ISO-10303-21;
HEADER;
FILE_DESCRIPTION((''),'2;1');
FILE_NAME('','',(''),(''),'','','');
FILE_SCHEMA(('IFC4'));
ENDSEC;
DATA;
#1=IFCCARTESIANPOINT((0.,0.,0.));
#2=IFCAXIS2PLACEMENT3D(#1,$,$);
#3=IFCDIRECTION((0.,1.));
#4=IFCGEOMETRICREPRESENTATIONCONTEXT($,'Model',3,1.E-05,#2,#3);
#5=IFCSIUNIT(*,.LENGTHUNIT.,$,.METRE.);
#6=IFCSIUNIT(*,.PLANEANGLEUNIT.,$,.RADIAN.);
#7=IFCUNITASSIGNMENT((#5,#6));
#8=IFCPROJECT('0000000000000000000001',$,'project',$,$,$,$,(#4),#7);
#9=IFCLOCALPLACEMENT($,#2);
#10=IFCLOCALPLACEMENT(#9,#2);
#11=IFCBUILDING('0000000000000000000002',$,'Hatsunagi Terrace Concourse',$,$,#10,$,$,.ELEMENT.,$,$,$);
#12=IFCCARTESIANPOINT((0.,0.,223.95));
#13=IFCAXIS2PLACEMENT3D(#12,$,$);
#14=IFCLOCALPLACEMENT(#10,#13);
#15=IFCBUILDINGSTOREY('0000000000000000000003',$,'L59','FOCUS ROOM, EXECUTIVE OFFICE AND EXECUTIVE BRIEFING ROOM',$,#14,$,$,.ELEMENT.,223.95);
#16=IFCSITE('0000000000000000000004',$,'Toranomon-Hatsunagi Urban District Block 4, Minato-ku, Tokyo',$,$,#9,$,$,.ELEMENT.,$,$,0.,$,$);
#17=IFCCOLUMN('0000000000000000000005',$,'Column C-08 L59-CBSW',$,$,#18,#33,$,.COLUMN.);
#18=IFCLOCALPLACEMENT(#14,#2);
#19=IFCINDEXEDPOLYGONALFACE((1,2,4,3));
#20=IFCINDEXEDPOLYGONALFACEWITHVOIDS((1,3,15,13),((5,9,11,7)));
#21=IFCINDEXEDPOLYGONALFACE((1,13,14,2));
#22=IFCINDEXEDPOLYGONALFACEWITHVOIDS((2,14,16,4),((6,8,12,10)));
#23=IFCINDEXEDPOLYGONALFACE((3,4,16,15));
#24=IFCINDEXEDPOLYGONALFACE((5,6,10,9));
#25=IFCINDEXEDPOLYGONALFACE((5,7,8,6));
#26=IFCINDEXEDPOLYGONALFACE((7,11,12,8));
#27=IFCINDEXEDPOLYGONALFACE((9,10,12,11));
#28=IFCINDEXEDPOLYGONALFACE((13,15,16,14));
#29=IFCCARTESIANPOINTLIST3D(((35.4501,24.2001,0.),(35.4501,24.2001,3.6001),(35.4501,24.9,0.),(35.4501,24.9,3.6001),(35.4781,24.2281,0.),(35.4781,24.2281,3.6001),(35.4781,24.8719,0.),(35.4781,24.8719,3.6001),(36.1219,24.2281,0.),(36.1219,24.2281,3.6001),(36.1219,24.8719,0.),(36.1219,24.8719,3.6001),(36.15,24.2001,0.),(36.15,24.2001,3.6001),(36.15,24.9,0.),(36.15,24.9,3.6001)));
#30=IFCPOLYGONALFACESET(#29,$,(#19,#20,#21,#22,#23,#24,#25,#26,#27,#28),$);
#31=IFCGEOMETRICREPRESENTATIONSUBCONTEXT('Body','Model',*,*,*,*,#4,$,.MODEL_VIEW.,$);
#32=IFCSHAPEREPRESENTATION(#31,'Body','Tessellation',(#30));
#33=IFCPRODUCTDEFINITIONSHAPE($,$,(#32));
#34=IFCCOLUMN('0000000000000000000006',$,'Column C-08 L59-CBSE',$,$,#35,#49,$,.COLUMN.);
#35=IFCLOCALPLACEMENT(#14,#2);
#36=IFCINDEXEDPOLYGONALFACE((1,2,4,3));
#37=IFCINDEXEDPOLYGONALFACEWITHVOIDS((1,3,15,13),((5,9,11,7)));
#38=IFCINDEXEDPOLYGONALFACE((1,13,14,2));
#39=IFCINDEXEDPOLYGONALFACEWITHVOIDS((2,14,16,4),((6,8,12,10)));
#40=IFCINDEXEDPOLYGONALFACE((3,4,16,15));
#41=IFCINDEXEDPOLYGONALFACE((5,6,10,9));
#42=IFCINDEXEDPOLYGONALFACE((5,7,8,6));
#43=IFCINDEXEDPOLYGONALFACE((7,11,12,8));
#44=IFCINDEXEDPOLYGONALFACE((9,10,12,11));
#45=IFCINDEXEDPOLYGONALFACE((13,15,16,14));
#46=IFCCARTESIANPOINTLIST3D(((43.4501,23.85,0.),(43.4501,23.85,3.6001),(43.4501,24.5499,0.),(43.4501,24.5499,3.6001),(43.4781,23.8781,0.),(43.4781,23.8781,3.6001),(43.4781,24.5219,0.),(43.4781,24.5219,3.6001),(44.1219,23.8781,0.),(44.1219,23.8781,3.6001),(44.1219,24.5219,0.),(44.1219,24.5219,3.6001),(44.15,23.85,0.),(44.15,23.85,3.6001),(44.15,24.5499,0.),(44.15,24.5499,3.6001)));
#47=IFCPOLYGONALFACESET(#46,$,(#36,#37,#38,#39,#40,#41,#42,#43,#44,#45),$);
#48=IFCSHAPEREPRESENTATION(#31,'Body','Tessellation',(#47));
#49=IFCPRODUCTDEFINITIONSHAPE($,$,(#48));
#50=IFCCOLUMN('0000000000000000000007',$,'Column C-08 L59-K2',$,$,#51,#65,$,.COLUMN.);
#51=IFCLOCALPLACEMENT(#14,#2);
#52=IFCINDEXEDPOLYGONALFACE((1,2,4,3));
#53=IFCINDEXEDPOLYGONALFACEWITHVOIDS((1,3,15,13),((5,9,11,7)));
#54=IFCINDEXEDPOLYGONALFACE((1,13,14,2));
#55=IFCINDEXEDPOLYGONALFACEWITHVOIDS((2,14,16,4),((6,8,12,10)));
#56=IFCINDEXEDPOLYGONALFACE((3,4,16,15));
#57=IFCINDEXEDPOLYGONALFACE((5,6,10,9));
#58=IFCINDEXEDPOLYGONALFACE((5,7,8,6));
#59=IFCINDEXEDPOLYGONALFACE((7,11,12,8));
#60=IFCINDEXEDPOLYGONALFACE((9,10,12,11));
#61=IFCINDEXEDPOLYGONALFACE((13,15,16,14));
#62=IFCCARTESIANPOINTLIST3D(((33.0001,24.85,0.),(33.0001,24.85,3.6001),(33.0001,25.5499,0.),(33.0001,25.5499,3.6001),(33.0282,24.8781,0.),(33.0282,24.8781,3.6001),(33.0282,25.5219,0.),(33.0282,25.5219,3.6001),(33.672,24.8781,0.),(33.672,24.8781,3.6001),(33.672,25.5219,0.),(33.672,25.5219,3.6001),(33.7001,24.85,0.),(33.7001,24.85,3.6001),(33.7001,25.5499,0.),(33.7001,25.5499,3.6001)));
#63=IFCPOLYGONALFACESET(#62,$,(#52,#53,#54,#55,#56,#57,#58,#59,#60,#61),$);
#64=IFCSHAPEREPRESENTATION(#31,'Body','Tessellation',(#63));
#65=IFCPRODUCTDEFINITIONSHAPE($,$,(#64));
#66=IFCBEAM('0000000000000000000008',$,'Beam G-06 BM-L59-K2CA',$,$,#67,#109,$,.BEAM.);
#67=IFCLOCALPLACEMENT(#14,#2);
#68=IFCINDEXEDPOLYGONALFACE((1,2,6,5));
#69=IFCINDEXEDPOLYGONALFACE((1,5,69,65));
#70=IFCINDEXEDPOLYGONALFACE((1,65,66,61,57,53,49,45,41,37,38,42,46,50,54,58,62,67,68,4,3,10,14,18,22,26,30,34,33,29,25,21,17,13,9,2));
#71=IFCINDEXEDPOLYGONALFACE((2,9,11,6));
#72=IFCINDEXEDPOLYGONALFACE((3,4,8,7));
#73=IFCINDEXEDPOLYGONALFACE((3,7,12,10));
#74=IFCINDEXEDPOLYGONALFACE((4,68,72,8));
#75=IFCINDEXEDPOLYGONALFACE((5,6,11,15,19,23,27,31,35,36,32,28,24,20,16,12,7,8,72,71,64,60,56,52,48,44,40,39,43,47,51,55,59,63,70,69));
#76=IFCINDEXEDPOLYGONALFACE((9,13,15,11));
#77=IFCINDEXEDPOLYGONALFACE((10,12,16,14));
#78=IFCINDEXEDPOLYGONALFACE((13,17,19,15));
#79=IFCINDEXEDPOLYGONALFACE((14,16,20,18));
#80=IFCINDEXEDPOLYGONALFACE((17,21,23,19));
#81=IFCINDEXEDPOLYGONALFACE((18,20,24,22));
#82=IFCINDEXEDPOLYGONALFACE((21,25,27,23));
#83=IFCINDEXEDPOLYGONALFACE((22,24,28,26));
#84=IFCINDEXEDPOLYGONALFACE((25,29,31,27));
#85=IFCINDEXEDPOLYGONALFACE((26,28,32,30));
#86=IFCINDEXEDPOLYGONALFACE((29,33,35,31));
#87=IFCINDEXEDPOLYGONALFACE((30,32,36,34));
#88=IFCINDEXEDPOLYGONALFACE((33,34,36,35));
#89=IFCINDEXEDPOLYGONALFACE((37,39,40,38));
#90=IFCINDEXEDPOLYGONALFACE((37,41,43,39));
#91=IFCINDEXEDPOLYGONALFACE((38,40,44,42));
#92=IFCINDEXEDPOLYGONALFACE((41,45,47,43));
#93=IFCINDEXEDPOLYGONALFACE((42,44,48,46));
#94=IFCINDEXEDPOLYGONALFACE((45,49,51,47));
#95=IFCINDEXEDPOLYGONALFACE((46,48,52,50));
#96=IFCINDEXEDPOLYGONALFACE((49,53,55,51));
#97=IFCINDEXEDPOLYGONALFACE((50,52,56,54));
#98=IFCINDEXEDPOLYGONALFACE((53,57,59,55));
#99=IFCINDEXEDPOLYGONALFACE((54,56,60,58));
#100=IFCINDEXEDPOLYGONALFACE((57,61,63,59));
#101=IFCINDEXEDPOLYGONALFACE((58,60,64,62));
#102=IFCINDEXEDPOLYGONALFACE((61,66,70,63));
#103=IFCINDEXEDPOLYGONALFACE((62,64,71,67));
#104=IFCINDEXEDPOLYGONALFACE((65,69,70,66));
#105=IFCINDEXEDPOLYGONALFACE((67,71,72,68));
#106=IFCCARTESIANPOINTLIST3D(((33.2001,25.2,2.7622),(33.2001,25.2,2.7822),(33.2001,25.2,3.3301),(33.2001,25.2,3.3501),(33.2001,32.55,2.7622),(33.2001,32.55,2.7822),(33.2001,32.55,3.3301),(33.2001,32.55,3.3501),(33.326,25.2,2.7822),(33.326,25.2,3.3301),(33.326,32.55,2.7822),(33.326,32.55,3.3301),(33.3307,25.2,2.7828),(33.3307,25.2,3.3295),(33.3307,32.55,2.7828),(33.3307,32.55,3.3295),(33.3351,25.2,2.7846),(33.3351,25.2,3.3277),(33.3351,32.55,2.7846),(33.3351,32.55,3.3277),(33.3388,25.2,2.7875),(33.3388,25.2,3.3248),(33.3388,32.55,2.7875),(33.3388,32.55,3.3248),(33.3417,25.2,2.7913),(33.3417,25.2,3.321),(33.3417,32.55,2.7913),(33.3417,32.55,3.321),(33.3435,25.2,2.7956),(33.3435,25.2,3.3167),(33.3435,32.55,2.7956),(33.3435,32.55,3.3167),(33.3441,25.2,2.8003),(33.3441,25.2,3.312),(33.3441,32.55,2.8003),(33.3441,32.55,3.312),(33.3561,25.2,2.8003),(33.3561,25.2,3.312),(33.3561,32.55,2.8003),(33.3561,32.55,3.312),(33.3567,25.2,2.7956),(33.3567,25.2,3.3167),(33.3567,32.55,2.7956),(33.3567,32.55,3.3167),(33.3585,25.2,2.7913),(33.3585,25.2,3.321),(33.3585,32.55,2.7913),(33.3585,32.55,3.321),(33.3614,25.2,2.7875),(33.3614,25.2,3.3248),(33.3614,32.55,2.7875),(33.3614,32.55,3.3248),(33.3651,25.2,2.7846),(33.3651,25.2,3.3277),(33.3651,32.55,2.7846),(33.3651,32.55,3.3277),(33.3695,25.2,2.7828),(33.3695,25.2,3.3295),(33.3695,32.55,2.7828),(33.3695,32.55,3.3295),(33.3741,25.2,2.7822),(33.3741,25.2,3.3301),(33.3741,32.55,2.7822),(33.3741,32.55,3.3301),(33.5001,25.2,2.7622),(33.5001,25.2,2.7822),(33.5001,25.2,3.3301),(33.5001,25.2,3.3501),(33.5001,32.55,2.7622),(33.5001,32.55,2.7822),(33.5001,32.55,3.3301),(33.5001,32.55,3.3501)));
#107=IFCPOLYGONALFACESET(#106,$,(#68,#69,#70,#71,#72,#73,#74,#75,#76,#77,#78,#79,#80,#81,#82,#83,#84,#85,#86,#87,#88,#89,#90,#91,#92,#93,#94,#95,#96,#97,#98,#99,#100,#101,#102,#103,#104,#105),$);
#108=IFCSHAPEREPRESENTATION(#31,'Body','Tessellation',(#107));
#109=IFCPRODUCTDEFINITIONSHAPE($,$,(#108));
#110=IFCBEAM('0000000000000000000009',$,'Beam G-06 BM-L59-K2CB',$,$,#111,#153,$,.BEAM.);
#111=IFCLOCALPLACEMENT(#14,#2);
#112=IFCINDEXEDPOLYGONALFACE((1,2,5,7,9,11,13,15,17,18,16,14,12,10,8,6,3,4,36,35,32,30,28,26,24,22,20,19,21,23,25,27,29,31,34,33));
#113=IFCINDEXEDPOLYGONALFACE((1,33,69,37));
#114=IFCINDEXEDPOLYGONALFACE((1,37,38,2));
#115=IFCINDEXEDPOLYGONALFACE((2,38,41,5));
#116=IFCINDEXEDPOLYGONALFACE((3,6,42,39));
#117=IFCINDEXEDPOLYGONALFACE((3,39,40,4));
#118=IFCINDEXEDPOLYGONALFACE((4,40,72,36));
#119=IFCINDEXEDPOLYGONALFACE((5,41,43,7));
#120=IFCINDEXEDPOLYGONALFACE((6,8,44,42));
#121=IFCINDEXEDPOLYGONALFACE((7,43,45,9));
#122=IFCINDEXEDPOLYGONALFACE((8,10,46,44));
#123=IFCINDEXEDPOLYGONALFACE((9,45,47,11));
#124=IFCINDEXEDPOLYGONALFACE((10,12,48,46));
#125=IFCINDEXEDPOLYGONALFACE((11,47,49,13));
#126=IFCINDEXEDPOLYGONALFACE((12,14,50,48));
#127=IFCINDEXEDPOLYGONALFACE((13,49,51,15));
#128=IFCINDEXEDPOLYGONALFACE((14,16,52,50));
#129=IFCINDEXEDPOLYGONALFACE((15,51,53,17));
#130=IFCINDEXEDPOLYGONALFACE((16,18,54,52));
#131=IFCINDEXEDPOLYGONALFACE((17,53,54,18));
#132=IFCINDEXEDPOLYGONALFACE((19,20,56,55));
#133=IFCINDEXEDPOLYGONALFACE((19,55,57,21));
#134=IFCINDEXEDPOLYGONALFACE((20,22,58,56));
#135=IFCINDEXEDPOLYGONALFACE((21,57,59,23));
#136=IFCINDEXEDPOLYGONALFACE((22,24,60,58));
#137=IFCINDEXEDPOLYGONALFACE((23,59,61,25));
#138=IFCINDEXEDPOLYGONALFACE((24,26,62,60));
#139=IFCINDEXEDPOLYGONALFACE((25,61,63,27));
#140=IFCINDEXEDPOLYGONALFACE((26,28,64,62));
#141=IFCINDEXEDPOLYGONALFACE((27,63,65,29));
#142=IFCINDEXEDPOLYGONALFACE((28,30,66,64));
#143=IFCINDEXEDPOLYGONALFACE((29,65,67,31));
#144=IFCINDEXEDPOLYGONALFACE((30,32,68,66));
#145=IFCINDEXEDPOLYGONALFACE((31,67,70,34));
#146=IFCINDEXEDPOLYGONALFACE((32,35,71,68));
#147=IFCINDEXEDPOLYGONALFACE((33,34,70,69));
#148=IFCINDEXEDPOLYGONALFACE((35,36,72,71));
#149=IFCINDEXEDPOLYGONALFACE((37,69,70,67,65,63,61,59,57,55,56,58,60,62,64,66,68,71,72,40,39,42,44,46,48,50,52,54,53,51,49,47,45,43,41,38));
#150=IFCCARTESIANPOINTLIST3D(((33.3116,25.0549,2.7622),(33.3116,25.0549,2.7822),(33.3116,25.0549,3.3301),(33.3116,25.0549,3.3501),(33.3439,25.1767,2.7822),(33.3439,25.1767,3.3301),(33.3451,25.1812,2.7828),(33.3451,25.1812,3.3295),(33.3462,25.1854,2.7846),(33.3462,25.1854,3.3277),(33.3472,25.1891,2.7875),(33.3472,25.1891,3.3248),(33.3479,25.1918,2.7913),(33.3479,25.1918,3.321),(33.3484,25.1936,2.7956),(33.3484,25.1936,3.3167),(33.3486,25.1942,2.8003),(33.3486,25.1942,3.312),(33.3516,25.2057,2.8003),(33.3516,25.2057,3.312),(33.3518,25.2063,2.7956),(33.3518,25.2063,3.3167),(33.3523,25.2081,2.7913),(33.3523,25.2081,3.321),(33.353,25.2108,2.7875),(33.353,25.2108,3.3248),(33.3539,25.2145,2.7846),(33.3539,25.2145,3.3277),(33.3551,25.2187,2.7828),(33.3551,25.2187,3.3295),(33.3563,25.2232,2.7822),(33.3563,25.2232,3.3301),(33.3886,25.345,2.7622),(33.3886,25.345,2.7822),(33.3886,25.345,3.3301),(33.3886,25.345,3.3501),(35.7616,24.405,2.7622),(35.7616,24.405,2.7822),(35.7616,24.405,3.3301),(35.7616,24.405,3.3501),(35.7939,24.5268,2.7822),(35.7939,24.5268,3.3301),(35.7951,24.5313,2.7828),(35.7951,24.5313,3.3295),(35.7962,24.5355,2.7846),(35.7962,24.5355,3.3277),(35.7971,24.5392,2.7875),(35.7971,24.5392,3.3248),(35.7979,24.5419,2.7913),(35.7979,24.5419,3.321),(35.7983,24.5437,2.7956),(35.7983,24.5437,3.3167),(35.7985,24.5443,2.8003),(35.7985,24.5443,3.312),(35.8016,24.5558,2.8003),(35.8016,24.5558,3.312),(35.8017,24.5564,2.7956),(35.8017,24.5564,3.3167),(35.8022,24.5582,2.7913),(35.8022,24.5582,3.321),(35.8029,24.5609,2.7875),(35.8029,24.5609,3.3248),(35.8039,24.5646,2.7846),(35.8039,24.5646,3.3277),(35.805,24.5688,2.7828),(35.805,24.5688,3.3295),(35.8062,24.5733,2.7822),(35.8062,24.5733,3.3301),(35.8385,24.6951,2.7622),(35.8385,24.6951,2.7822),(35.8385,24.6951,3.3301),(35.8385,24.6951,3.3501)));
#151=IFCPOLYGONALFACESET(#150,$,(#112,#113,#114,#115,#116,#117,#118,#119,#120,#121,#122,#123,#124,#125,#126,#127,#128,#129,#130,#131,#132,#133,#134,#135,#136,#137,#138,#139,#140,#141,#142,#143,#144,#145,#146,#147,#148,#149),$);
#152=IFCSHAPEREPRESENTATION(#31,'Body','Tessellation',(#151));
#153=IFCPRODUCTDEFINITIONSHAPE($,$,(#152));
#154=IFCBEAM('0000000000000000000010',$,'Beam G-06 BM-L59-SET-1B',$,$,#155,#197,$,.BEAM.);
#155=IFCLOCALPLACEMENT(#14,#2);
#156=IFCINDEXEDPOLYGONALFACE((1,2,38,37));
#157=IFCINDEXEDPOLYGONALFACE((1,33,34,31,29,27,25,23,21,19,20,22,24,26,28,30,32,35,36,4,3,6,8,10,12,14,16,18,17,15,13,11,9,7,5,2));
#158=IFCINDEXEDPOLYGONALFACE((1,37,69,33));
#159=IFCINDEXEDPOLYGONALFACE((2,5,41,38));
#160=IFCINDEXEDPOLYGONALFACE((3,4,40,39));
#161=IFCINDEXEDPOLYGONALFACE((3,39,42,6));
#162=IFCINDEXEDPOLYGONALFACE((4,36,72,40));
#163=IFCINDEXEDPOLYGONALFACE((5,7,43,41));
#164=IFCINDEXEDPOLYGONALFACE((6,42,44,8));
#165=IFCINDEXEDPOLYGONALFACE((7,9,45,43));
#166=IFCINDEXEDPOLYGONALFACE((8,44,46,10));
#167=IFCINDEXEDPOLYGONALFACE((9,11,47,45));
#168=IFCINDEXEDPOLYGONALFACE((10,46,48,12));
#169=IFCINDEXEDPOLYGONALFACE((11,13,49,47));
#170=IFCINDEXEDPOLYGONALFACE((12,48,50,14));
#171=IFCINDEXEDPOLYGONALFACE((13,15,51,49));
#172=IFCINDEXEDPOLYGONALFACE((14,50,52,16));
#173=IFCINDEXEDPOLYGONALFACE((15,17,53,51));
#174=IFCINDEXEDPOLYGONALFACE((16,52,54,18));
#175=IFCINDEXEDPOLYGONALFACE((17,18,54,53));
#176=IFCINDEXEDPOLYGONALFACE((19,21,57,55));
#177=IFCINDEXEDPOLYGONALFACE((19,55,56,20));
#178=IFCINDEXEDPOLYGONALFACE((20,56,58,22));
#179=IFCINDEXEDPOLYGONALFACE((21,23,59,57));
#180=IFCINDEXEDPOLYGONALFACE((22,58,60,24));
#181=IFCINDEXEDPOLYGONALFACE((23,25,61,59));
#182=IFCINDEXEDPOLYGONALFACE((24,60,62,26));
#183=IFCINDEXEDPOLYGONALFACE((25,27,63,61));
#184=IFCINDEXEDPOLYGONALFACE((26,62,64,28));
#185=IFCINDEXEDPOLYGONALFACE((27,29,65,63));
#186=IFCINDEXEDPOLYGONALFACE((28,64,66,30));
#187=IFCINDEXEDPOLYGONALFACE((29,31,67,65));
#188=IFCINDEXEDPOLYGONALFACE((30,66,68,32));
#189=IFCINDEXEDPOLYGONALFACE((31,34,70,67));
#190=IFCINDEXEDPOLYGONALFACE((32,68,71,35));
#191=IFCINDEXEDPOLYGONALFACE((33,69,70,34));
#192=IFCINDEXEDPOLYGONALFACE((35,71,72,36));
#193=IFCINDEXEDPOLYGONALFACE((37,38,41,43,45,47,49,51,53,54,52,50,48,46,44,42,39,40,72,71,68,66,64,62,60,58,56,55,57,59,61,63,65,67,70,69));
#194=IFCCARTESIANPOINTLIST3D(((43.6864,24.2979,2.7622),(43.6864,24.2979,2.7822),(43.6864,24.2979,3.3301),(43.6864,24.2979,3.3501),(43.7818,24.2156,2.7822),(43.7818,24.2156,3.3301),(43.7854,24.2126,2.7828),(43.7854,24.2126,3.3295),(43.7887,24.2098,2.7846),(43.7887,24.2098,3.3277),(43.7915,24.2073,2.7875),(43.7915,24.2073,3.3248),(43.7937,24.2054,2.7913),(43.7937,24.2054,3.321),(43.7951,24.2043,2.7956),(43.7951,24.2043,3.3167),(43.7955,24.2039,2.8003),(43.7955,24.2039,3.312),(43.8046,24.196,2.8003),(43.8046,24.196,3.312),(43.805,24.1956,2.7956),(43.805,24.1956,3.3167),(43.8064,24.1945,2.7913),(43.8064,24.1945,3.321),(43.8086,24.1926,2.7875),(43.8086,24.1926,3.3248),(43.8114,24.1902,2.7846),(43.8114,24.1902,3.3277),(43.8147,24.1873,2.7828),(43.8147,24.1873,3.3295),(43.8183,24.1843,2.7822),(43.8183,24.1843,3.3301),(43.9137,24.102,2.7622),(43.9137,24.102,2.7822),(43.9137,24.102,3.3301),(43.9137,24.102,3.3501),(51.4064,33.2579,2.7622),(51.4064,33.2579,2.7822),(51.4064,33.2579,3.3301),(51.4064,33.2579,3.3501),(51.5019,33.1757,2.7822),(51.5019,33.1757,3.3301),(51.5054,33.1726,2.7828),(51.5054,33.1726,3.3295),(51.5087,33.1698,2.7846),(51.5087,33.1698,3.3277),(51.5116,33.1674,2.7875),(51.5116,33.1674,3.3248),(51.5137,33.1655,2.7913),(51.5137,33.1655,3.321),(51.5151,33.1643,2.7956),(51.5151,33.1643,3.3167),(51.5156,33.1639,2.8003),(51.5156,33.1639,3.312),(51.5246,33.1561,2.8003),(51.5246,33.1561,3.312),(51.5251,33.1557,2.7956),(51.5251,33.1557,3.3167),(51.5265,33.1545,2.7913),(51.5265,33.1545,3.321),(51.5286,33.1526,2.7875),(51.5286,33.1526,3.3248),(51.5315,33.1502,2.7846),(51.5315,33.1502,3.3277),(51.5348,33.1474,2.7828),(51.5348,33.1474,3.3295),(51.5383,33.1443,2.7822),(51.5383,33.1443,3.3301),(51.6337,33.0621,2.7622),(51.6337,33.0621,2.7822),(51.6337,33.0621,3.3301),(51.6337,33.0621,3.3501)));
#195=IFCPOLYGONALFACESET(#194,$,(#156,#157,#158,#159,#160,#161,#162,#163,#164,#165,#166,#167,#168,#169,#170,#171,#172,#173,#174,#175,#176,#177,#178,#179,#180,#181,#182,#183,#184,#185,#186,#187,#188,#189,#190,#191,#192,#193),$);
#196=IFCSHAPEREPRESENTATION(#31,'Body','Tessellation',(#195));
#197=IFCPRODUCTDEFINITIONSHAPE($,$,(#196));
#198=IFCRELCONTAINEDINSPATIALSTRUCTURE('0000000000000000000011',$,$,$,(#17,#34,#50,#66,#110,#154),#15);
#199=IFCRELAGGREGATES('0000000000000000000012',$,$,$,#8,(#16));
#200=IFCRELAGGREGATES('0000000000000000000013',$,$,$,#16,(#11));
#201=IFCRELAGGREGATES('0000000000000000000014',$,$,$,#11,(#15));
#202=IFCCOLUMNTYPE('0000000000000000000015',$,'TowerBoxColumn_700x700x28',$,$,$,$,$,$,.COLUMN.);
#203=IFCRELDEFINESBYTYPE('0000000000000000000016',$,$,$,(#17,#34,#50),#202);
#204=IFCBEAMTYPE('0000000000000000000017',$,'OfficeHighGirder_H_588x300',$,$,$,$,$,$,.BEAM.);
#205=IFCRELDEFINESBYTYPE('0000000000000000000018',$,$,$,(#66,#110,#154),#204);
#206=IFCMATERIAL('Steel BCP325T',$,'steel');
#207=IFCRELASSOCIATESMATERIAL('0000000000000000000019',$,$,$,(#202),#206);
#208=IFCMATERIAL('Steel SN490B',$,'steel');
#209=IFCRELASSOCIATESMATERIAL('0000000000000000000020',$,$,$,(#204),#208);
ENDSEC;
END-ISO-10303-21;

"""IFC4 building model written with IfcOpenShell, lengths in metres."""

from ifc_helpers import new_model, si_unit, direction, frame, origin, origin_2d, place, context, subcontext, project, spatial, hollow_rectangle, i_section, extrude, material, material_profile, profile_set, type_object, element, save


model = new_model("IFC4")

# Units and contexts
model_context = context("Model", 3, precision=1e-05, world=origin(), true_north=direction((0.0, 1.0)))
body_context = subcontext(model_context, "Body", "Model", "MODEL_VIEW")
ifc_project = project(units=[si_unit("LENGTHUNIT", "METRE"), si_unit("PLANEANGLEUNIT", "RADIAN")], contexts=[model_context])

# Site, building, storey
site_placement = place(None, origin())
site = spatial("IfcSite", under=ifc_project, at=site_placement, Name="Toranomon-Hatsunagi Urban District Block 4, Minato-ku, Tokyo", CompositionType="ELEMENT", RefElevation=0.0)
building_placement = place(site_placement, origin())
building = spatial("IfcBuilding", under=site, at=building_placement, Name="Hatsunagi Terrace Concourse", CompositionType="ELEMENT")
storey_placement = place(building_placement, frame((0.0, 0.0, 223.95)))
storey = spatial("IfcBuildingStorey", under=building, at=storey_placement, Name="L59", Description="FOCUS ROOM, EXECUTIVE OFFICE AND EXECUTIVE BRIEFING ROOM", CompositionType="ELEMENT", Elevation=223.95)

# Columns
ifc_material_1 = material(Name="Steel BCP325T", Category="steel")
ifc_material_profile_1 = material_profile(ifc_material_1, hollow_rectangle(XDim=0.7, YDim=0.7, WallThickness=0.0281, at=origin_2d()), Name="BCP-700x700x28")
ifc_profile_set_1 = profile_set([ifc_material_profile_1], Name="Steel BCP325T")
column_type = type_object("IfcColumnType", Name="TowerBoxColumn_700x700x28", PredefinedType="COLUMN", material=ifc_profile_set_1)
for number, where, z_axis, x_axis, name in (
    (1, (35.8, 24.55, 0.0), (0.0, 0.0, 1.0), (1.0, 0.0, 0.0), "Column C-08 L59-CBSW"),
    (2, (43.8, 24.2, 0.0), (0.0, 0.0, 1.0), (1.0, 0.0, 0.0), "Column C-08 L59-CBSE"),
    (3, (33.3501, 25.2, 0.0), (0.0, 0.0, 1.0), (1.0, 0.0, 0.0), "Column C-08 L59-K2"),
):
    element("IfcColumn", number, at=place(storey_placement, frame(where, z_axis=z_axis, x_axis=x_axis)), inside=storey, type_object=column_type, Name=name, PredefinedType="COLUMN", context=body_context, shape_type="SweptSolid", body=[
        extrude(hollow_rectangle(XDim=0.7, YDim=0.7, WallThickness=0.0281, at=origin_2d()), origin(), (0.0, 0.0, 1.0), 3.6001),
    ])

# Beams
ifc_material_2 = material(Name="Steel SN490B", Category="steel")
ifc_material_profile_2 = material_profile(ifc_material_2, i_section(OverallWidth=0.3, OverallDepth=0.5879, WebThickness=0.012, FlangeThickness=0.02, FilletRadius=0.0181, at=origin_2d()), Name="H-588x300x12x20")
ifc_profile_set_2 = profile_set([ifc_material_profile_2], Name="Steel SN490B")
beam_type_1 = type_object("IfcBeamType", Name="OfficeHighGirder_H_588x300", PredefinedType="BEAM", material=ifc_profile_set_2)
beam_1_placement = place(storey_placement, frame((33.3501, 25.2, 3.0562), z_axis=(0.0, 1.0, 0.0), x_axis=(-1.0, 0.0, 0.0)))
element("IfcBeam", 4, at=beam_1_placement, inside=storey, type_object=beam_type_1, Name="Beam G-06 BM-L59-K2CA", PredefinedType="BEAM", context=body_context, shape_type="SweptSolid", body=[
    extrude(i_section(OverallWidth=0.3, OverallDepth=0.5879, WebThickness=0.012, FlangeThickness=0.02, FilletRadius=0.0181, at=origin_2d()), origin(), (0.0, 0.0, 1.0), 7.3501),
])
beam_2_placement = place(storey_placement, frame((33.3501, 25.2, 3.0562), z_axis=(0.96657, -0.256403, 0.0), x_axis=(0.256403, 0.96657, 0.0)))
element("IfcBeam", 5, at=beam_2_placement, inside=storey, type_object=beam_type_1, Name="Beam G-06 BM-L59-K2CB", PredefinedType="BEAM", context=body_context, shape_type="SweptSolid", body=[
    extrude(i_section(OverallWidth=0.3, OverallDepth=0.5879, WebThickness=0.012, FlangeThickness=0.02, FilletRadius=0.0181, at=origin_2d()), origin(), (0.0, 0.0, 1.0), 2.5347),
])
beam_3_placement = place(storey_placement, frame((43.8, 24.2, 3.0562), z_axis=(0.652739, 0.757583, 0.0), x_axis=(-0.757583, 0.652739, 0.0)))
element("IfcBeam", 6, at=beam_3_placement, inside=storey, type_object=beam_type_1, Name="Beam G-06 BM-L59-SET-1B", PredefinedType="BEAM", context=body_context, shape_type="SweptSolid", body=[
    extrude(i_section(OverallWidth=0.3, OverallDepth=0.5879, WebThickness=0.012, FlangeThickness=0.02, FilletRadius=0.0181, at=origin_2d()), origin(), (0.0, 0.0, 1.0), 11.8271),
])

save(model, "model.ifc")
